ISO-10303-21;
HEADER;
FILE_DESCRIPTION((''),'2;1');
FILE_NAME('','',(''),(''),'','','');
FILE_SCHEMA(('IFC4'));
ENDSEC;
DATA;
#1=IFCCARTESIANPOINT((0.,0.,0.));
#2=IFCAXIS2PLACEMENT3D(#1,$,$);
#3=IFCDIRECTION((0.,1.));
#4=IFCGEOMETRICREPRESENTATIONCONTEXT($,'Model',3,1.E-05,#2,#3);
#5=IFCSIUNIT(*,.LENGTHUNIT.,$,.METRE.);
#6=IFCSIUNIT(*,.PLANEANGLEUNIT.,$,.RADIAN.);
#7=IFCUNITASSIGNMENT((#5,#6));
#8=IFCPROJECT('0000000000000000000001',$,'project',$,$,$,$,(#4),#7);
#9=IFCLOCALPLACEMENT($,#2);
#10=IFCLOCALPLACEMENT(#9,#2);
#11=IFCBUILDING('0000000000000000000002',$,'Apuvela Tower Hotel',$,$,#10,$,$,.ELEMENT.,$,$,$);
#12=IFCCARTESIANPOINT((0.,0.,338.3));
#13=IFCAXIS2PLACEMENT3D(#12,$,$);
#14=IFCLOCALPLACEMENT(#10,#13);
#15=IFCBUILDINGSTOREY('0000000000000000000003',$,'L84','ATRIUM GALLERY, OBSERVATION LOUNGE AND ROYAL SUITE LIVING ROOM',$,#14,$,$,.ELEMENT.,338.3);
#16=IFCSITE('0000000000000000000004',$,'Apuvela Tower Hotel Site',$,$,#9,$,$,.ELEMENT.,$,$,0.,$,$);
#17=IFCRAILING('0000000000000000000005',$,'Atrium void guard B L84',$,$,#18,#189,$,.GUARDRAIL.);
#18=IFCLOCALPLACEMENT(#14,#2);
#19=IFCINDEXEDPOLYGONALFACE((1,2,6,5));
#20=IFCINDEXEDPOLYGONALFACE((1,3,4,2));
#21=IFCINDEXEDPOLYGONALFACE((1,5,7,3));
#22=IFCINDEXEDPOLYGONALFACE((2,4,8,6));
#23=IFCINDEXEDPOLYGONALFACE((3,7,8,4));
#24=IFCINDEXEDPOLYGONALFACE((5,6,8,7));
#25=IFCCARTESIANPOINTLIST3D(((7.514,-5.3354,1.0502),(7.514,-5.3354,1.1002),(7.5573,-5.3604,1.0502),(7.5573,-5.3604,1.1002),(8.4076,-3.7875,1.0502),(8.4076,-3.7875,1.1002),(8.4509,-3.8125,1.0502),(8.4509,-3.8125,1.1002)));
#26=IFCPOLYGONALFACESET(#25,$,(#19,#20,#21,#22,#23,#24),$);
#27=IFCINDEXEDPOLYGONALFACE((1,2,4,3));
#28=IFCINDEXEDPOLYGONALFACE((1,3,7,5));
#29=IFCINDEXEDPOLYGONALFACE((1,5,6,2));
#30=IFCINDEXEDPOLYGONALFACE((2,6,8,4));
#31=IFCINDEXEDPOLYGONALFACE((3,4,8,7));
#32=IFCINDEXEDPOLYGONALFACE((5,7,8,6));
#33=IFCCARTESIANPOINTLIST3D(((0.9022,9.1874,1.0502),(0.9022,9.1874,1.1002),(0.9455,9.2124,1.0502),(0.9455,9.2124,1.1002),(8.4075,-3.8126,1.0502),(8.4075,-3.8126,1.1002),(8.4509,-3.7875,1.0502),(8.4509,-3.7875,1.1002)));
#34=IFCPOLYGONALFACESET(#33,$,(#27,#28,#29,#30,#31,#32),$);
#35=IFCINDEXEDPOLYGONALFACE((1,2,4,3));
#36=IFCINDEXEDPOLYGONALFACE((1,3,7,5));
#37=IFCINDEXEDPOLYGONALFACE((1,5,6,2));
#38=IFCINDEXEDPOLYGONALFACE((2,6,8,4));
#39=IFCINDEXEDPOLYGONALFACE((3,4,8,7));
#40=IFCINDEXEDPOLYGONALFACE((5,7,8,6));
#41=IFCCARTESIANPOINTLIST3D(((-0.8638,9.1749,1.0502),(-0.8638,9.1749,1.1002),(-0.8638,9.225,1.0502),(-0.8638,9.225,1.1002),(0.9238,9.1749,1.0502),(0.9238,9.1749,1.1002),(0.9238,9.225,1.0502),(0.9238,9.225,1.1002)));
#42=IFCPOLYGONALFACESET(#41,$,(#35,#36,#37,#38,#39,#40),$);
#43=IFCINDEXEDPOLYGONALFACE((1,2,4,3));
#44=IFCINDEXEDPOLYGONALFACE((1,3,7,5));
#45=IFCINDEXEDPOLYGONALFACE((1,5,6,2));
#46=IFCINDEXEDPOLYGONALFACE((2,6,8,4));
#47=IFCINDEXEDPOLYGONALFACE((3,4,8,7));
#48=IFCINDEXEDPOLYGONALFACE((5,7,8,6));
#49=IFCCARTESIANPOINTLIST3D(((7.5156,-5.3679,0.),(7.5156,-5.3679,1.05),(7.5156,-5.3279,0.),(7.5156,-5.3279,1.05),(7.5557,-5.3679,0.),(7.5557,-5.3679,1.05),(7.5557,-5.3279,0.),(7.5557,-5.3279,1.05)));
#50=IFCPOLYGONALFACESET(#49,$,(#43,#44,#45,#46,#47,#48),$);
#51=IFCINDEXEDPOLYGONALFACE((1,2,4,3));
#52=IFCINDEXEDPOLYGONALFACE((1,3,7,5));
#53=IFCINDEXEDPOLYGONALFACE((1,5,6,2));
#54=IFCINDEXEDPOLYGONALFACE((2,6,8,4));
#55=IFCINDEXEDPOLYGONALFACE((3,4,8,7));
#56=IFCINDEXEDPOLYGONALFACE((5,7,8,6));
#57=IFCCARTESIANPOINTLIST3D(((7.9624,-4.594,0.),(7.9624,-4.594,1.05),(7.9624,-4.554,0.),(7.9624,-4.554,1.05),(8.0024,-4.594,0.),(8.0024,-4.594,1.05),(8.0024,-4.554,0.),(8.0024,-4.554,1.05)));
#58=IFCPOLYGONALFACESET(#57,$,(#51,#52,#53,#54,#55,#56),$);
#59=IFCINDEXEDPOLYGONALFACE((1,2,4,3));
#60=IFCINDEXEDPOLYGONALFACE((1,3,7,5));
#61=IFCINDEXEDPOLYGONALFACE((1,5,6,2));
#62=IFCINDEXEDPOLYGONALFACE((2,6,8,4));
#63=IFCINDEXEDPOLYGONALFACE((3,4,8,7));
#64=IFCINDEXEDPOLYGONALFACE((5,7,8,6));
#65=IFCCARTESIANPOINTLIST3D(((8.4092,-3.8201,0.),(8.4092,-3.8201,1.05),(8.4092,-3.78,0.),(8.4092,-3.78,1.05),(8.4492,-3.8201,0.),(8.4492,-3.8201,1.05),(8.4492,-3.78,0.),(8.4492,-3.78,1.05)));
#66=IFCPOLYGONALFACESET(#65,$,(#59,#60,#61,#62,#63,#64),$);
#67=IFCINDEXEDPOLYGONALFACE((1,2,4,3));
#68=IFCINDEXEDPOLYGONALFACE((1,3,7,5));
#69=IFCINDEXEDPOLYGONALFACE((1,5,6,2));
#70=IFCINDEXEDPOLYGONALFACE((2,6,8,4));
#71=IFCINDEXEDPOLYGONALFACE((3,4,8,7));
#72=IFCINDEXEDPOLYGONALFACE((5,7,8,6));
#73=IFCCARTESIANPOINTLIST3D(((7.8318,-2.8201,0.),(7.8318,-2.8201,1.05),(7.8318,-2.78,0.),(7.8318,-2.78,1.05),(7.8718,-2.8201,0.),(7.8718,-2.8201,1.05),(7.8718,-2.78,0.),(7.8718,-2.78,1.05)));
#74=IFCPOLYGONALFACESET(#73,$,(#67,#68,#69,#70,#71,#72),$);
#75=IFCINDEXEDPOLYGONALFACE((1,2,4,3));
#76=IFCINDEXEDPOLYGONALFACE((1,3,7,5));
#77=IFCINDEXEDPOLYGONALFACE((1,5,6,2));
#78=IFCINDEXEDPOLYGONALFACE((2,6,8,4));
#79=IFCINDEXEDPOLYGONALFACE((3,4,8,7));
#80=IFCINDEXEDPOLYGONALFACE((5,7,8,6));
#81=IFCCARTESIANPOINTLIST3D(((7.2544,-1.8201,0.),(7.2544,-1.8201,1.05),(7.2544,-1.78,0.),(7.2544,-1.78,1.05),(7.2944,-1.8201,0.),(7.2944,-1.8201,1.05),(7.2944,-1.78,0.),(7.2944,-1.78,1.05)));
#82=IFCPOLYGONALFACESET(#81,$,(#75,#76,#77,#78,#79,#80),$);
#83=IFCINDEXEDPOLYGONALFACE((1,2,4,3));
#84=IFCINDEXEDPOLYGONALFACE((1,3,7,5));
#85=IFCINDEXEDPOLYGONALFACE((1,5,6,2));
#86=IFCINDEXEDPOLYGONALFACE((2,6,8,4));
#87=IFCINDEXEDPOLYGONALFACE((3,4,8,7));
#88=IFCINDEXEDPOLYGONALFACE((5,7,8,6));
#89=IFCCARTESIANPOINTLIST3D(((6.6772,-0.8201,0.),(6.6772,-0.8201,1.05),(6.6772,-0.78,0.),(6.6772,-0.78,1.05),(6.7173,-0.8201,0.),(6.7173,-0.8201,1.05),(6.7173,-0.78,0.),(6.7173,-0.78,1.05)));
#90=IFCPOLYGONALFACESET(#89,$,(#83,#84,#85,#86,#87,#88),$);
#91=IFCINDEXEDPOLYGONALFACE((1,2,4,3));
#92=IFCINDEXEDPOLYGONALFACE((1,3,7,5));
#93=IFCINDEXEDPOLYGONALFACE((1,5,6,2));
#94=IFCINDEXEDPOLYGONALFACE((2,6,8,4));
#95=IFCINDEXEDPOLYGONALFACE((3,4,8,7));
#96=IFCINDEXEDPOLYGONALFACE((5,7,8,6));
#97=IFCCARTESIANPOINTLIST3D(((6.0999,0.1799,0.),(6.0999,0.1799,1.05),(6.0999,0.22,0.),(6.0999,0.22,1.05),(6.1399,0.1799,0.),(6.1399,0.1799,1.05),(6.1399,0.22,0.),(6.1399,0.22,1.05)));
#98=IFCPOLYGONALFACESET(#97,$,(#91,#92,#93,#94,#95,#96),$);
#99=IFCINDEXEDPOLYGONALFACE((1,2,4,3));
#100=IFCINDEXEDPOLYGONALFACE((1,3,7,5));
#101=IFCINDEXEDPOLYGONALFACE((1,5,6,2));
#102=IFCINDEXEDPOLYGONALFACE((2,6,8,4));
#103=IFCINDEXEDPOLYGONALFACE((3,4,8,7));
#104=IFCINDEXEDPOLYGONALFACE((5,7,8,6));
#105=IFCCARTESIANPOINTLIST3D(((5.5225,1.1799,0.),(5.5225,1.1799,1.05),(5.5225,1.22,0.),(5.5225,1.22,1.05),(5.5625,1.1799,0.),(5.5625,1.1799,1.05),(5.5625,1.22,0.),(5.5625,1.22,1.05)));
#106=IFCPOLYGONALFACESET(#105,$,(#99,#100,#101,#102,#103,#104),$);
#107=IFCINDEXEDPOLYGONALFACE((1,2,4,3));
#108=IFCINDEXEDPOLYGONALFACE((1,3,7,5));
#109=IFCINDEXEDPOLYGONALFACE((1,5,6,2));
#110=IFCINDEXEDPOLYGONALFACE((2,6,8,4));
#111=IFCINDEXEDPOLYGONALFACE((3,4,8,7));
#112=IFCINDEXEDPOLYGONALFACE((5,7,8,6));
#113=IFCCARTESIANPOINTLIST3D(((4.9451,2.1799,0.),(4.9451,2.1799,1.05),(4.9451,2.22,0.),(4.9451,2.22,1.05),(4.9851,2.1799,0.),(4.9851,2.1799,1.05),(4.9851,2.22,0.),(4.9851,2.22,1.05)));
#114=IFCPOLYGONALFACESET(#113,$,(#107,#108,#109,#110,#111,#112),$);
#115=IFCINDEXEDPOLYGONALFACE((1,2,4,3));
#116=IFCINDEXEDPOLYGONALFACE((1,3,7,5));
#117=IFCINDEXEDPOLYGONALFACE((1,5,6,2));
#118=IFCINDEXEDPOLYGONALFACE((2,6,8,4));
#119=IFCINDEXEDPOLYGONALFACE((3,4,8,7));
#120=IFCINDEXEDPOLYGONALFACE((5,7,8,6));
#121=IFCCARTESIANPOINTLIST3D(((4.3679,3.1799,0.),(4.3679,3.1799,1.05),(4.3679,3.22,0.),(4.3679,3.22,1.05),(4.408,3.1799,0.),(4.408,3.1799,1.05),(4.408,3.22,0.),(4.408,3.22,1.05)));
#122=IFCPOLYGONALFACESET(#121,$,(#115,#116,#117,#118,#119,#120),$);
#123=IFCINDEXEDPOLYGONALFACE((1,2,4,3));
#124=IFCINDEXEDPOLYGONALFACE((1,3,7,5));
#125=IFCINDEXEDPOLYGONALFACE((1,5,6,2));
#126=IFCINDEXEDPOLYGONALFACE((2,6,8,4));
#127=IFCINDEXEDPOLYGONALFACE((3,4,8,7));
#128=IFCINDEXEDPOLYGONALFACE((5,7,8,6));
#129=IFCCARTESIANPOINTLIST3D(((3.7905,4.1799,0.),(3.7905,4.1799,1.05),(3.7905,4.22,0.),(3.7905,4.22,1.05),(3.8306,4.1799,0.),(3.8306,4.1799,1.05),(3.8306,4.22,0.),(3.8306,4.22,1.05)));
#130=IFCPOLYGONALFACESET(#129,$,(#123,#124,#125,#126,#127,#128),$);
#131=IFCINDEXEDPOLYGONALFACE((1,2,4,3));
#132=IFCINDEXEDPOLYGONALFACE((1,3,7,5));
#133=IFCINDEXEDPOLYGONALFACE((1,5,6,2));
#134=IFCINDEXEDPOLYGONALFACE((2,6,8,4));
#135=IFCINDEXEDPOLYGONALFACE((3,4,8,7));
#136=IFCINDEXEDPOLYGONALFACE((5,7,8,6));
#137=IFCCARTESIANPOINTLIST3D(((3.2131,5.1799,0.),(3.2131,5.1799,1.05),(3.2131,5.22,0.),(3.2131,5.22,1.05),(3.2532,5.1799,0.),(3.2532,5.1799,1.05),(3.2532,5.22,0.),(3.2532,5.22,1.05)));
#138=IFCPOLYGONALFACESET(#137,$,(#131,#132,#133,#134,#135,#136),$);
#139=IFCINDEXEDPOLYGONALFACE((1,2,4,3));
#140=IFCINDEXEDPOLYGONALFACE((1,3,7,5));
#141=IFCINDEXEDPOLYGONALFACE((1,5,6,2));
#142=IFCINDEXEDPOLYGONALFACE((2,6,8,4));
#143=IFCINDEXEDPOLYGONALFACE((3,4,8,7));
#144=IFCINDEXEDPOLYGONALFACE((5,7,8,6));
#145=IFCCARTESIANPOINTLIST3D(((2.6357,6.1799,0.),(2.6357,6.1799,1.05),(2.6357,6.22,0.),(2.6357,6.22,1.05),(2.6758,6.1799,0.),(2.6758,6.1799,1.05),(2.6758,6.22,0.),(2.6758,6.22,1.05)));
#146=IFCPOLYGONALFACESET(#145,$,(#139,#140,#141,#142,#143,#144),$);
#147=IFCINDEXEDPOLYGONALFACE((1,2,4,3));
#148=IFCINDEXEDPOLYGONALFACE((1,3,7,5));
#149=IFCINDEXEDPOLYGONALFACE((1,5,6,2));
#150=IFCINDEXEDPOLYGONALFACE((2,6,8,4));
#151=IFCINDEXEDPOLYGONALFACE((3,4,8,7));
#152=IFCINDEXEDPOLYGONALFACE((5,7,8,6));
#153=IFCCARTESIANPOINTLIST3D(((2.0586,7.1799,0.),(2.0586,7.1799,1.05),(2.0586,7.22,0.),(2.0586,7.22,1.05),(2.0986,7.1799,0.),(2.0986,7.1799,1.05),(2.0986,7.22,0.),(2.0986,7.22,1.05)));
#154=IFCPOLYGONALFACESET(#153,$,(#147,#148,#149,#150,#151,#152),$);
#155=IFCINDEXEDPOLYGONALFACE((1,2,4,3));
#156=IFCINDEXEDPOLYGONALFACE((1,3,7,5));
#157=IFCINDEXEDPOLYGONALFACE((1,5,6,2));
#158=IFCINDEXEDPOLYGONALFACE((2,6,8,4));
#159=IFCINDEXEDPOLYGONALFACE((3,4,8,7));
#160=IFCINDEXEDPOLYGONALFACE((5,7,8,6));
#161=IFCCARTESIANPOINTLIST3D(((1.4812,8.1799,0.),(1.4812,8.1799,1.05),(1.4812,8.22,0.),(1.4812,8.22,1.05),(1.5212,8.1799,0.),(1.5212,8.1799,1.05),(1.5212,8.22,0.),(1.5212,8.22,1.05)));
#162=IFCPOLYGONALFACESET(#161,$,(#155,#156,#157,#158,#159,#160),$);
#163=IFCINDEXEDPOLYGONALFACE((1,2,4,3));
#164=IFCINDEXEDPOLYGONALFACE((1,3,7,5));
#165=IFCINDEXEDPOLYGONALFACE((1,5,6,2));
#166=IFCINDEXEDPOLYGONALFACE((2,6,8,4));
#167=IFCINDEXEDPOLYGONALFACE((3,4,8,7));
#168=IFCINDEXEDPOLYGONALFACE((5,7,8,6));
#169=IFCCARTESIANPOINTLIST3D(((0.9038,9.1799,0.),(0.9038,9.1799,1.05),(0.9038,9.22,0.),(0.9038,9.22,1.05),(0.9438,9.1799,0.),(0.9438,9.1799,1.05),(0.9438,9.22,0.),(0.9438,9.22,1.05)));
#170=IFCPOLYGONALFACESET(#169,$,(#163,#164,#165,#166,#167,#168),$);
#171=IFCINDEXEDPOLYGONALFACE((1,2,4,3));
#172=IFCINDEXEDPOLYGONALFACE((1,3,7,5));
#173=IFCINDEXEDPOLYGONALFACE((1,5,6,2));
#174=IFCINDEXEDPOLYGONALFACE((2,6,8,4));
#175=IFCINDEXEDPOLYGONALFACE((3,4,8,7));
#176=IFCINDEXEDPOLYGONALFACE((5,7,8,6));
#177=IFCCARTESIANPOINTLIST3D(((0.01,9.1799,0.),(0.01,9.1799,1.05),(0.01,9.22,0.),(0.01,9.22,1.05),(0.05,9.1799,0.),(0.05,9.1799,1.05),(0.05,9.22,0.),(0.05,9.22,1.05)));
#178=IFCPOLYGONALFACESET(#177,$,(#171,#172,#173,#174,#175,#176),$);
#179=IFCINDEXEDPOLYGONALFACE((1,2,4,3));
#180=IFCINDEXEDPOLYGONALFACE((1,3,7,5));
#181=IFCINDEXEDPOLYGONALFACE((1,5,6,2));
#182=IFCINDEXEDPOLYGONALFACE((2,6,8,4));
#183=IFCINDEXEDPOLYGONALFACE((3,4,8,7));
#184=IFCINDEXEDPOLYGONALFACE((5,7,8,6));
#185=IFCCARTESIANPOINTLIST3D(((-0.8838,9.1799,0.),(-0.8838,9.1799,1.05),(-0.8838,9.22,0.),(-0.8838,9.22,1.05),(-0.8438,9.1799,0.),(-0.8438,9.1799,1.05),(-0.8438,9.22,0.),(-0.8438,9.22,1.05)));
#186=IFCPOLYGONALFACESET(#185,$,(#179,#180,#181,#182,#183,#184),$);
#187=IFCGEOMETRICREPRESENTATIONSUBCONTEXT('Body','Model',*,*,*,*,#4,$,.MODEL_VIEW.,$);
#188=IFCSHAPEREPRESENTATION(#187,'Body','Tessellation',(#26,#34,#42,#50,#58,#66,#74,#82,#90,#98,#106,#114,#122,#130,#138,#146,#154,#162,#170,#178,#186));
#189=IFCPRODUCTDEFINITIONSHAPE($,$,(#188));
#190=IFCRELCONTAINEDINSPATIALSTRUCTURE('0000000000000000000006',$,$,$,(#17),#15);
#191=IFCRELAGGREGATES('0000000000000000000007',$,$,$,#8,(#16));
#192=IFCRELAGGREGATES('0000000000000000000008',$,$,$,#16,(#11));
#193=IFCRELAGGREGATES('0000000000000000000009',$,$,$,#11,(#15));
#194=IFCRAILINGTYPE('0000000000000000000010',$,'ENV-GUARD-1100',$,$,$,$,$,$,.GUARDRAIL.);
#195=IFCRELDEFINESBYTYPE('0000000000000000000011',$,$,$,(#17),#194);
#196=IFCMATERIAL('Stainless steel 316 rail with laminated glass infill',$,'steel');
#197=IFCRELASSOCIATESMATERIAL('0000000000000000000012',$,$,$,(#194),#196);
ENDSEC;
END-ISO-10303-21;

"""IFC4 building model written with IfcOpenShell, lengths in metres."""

from ifc_helpers import new_model, si_unit, direction, frame, origin, origin_2d, place, context, subcontext, project, spatial, rectangle, extrude, material, type_object, element, save


model = new_model("IFC4")

# Units and contexts
model_context = context("Model", 3, precision=1e-05, world=origin(), true_north=direction((0.0, 1.0)))
body_context = subcontext(model_context, "Body", "Model", "MODEL_VIEW")
ifc_project = project(units=[si_unit("LENGTHUNIT", "METRE"), si_unit("PLANEANGLEUNIT", "RADIAN")], contexts=[model_context])

# Site, building, storey
site_placement = place(None, origin())
site = spatial("IfcSite", under=ifc_project, at=site_placement, Name="Apuvela Tower Hotel Site", CompositionType="ELEMENT", RefElevation=0.0)
building_placement = place(site_placement, origin())
building = spatial("IfcBuilding", under=site, at=building_placement, Name="Apuvela Tower Hotel", CompositionType="ELEMENT")
storey_placement = place(building_placement, frame((0.0, 0.0, 338.3)))
storey = spatial("IfcBuildingStorey", under=building, at=storey_placement, Name="L84", Description="ATRIUM GALLERY, OBSERVATION LOUNGE AND ROYAL SUITE LIVING ROOM", CompositionType="ELEMENT", Elevation=338.3)

# Railing
ifc_material_1 = material(Name="Stainless steel 316 rail with laminated glass infill", Category="steel")
railing_type = type_object("IfcRailingType", Name="ENV-GUARD-1100", PredefinedType="GUARDRAIL", material=ifc_material_1)
railing_placement = place(storey_placement, frame((7.5356, -5.3479, 0.0)))
element("IfcRailing", 1, at=railing_placement, inside=storey, type_object=railing_type, Name="Atrium void guard B L84", PredefinedType="GUARDRAIL", context=body_context, shape_type="SweptSolid", body=[
    extrude(rectangle(XDim=0.05, YDim=0.05, at=origin_2d()), frame((0.0, 0.0, 1.0752), z_axis=(0.499959, 0.866049, 0.0), x_axis=(-0.866049, 0.499959, 0.0)), (0.0, 0.0, 1.0), 1.7874),
    extrude(rectangle(XDim=0.05, YDim=0.05, at=origin_2d()), frame((0.8936, 1.5479, 1.0752), z_axis=(-0.499991, 0.866031, 0.0), x_axis=(-0.866031, -0.499991, 0.0)), (0.0, 0.0, 1.0), 15.011),
    extrude(rectangle(XDim=0.05, YDim=0.05, at=origin_2d()), frame((-6.6118, 14.5479, 1.0752), z_axis=(-1.0, 0.0, 0.0), x_axis=(0.0, -1.0, 0.0)), (0.0, 0.0, 1.0), 1.7876),
    extrude(rectangle(XDim=0.04, YDim=0.04, at=origin_2d()), origin(), (0.0, 0.0, 1.0), 1.05),
    extrude(rectangle(XDim=0.04, YDim=0.04, at=origin_2d()), frame((0.4468, 0.7739, 0.0)), (0.0, 0.0, 1.0), 1.05),
    extrude(rectangle(XDim=0.04, YDim=0.04, at=origin_2d()), frame((0.8936, 1.5479, 0.0)), (0.0, 0.0, 1.0), 1.05),
    extrude(rectangle(XDim=0.04, YDim=0.04, at=origin_2d()), frame((0.3162, 2.5479, 0.0)), (0.0, 0.0, 1.0), 1.05),
    extrude(rectangle(XDim=0.04, YDim=0.04, at=origin_2d()), frame((-0.2612, 3.5479, 0.0)), (0.0, 0.0, 1.0), 1.05),
    extrude(rectangle(XDim=0.04, YDim=0.04, at=origin_2d()), frame((-0.8384, 4.5479, 0.0)), (0.0, 0.0, 1.0), 1.05),
    extrude(rectangle(XDim=0.04, YDim=0.04, at=origin_2d()), frame((-1.4158, 5.5479, 0.0)), (0.0, 0.0, 1.0), 1.05),
    extrude(rectangle(XDim=0.04, YDim=0.04, at=origin_2d()), frame((-1.9932, 6.5479, 0.0)), (0.0, 0.0, 1.0), 1.05),
    extrude(rectangle(XDim=0.04, YDim=0.04, at=origin_2d()), frame((-2.5706, 7.5479, 0.0)), (0.0, 0.0, 1.0), 1.05),
    extrude(rectangle(XDim=0.04, YDim=0.04, at=origin_2d()), frame((-3.1477, 8.5479, 0.0)), (0.0, 0.0, 1.0), 1.05),
    extrude(rectangle(XDim=0.04, YDim=0.04, at=origin_2d()), frame((-3.7251, 9.5479, 0.0)), (0.0, 0.0, 1.0), 1.05),
    extrude(rectangle(XDim=0.04, YDim=0.04, at=origin_2d()), frame((-4.3025, 10.5479, 0.0)), (0.0, 0.0, 1.0), 1.05),
    extrude(rectangle(XDim=0.04, YDim=0.04, at=origin_2d()), frame((-4.8799, 11.5479, 0.0)), (0.0, 0.0, 1.0), 1.05),
    extrude(rectangle(XDim=0.04, YDim=0.04, at=origin_2d()), frame((-5.457, 12.5479, 0.0)), (0.0, 0.0, 1.0), 1.05),
    extrude(rectangle(XDim=0.04, YDim=0.04, at=origin_2d()), frame((-6.0344, 13.5479, 0.0)), (0.0, 0.0, 1.0), 1.05),
    extrude(rectangle(XDim=0.04, YDim=0.04, at=origin_2d()), frame((-6.6118, 14.5479, 0.0)), (0.0, 0.0, 1.0), 1.05),
    extrude(rectangle(XDim=0.04, YDim=0.04, at=origin_2d()), frame((-7.5056, 14.5479, 0.0)), (0.0, 0.0, 1.0), 1.05),
    extrude(rectangle(XDim=0.04, YDim=0.04, at=origin_2d()), frame((-8.3994, 14.5479, 0.0)), (0.0, 0.0, 1.0), 1.05),
])

save(model, "model.ifc")
